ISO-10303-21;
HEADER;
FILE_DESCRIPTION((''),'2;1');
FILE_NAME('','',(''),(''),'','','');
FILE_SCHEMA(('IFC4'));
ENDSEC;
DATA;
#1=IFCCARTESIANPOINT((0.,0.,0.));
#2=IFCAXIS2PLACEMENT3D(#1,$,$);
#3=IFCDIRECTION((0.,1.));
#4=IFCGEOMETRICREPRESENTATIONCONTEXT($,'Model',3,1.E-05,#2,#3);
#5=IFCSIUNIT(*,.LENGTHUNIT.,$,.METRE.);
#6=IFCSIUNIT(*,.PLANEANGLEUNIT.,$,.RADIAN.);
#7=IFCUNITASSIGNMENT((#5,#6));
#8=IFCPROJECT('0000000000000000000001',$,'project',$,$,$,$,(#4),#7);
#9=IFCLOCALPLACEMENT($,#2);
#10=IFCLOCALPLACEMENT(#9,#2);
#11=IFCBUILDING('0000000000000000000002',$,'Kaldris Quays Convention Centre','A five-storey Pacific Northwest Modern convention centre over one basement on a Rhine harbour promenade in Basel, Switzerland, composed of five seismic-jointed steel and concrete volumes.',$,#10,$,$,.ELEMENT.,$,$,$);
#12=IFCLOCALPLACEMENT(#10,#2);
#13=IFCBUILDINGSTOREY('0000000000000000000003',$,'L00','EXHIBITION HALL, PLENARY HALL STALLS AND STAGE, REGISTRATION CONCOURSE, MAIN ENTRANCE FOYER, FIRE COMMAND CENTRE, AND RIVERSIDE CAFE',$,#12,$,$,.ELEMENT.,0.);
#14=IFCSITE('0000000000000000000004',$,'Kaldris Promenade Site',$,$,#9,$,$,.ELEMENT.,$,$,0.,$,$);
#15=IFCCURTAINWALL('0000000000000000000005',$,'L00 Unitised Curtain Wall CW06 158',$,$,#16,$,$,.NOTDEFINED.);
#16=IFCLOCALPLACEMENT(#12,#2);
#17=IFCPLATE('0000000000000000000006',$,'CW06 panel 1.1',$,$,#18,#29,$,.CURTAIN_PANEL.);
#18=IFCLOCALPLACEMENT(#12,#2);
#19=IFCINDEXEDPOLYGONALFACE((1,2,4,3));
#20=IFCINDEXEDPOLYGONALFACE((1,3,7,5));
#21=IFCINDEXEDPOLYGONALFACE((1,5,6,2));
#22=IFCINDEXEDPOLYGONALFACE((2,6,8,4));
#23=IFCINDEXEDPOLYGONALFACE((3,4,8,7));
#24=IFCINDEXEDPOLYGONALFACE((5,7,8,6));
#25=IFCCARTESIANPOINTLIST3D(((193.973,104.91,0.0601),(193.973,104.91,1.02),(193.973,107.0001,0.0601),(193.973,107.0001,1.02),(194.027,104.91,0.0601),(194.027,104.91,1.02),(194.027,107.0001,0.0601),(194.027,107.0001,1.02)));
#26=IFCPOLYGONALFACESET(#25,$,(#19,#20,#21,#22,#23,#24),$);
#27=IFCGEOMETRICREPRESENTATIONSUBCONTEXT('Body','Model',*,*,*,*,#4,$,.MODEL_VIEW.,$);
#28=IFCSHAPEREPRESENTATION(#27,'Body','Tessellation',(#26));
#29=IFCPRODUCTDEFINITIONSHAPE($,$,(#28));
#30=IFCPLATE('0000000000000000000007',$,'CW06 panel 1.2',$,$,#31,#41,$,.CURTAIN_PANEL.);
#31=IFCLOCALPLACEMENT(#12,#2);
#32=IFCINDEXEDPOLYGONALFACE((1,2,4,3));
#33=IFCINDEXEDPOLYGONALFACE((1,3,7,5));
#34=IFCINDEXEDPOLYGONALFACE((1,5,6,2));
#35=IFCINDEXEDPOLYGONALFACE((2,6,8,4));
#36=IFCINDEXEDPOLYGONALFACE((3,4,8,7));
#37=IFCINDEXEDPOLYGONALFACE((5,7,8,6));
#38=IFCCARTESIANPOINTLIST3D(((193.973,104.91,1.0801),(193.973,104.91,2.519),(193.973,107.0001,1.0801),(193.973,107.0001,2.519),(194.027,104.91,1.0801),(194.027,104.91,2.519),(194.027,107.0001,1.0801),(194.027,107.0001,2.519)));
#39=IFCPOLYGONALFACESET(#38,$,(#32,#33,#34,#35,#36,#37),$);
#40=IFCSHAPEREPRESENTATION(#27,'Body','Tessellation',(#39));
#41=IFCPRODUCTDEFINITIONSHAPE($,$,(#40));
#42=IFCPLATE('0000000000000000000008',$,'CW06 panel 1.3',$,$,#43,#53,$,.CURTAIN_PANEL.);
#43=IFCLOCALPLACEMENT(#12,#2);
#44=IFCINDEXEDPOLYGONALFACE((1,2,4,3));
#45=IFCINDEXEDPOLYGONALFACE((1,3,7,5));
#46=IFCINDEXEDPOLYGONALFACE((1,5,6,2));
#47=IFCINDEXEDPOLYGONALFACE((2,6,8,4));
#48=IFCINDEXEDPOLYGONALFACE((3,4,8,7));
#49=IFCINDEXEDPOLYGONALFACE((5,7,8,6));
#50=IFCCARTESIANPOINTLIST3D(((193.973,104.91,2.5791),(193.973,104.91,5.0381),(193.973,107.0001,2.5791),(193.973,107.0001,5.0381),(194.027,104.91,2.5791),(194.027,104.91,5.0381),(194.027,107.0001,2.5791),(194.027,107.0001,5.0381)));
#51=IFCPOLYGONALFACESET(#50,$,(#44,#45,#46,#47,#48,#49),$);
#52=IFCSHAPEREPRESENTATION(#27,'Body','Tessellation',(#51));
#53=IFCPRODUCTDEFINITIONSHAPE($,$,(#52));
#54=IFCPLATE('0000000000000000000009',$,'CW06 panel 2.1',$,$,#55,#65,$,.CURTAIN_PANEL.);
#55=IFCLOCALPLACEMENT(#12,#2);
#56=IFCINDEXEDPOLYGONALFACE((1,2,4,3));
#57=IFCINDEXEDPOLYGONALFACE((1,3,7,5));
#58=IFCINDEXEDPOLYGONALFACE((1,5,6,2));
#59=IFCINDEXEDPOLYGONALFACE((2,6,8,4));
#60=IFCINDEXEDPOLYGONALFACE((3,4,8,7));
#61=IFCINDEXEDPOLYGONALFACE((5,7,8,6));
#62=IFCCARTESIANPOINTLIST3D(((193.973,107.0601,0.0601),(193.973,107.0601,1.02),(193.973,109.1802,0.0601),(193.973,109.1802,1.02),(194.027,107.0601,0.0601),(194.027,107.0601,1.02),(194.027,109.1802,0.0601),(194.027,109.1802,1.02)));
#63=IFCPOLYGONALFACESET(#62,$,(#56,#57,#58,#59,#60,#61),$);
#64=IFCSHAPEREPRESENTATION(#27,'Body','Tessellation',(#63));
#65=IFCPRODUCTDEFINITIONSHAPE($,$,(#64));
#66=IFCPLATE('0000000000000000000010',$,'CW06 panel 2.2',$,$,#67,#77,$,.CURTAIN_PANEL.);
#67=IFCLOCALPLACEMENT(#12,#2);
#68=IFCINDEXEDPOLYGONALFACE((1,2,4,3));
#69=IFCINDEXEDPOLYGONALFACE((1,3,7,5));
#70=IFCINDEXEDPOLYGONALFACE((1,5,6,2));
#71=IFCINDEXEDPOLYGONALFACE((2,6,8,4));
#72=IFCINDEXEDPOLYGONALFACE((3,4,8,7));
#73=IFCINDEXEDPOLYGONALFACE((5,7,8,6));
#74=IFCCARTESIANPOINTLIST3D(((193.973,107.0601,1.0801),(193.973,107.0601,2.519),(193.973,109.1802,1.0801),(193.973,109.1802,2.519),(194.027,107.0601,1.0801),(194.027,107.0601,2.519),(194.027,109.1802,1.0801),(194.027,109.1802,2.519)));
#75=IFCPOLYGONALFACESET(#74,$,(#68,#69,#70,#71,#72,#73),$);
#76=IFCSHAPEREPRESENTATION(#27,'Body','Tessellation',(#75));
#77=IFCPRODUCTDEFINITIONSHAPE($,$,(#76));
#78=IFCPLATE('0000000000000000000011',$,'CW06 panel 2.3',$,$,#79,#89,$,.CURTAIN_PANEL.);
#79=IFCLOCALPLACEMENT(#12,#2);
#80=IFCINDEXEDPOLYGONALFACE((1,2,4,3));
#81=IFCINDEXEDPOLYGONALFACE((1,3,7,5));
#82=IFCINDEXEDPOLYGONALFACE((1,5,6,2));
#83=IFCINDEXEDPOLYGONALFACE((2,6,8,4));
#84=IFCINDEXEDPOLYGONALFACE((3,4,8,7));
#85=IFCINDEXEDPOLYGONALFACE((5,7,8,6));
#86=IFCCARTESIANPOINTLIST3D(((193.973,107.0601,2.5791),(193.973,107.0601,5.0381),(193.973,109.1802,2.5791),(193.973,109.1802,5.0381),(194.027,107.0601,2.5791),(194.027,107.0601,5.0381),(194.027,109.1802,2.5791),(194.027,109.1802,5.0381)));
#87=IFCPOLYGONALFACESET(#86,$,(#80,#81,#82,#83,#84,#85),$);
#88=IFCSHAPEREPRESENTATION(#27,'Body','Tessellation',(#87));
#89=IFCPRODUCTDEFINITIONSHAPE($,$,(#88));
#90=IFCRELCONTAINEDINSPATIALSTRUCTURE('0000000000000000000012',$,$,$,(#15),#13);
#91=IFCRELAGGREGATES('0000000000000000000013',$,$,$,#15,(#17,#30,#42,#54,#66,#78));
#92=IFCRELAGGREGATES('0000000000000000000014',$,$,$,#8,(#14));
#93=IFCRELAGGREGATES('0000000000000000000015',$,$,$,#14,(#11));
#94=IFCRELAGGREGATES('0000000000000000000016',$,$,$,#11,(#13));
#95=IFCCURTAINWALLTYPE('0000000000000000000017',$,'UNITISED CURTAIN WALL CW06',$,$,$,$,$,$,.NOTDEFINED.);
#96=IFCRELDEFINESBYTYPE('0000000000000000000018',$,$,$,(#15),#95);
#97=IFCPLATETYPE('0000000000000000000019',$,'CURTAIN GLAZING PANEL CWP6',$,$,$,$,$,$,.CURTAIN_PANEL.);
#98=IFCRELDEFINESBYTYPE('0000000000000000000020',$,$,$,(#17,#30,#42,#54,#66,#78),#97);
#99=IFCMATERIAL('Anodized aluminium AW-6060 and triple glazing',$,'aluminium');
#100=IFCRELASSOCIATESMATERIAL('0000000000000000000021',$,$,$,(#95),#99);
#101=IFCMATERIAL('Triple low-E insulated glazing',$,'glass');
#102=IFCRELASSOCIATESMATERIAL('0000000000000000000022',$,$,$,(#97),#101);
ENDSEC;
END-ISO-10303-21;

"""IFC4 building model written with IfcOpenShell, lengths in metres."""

from ifc_helpers import new_model, si_unit, direction, frame, origin, origin_2d, place, context, subcontext, project, spatial, rectangle, extrude, material, type_object, element, aggregate, save


model = new_model("IFC4")

# Units and contexts
model_context = context("Model", 3, precision=1e-05, world=origin(), true_north=direction((0.0, 1.0)))
body_context = subcontext(model_context, "Body", "Model", "MODEL_VIEW")
ifc_project = project(units=[si_unit("LENGTHUNIT", "METRE"), si_unit("PLANEANGLEUNIT", "RADIAN")], contexts=[model_context])

# Site, building, storey
site_placement = place(None, origin())
site = spatial("IfcSite", under=ifc_project, at=site_placement, Name="Kaldris Promenade Site", CompositionType="ELEMENT", RefElevation=0.0)
building_placement = place(site_placement, origin())
building = spatial("IfcBuilding", under=site, at=building_placement, Name="Kaldris Quays Convention Centre", Description="A five-storey Pacific Northwest Modern convention centre over one basement on a Rhine harbour promenade in Basel, Switzerland, composed of five seismic-jointed steel and concrete volumes.", CompositionType="ELEMENT")
storey_placement = place(building_placement, origin())
storey = spatial("IfcBuildingStorey", under=building, at=storey_placement, Name="L00", Description="EXHIBITION HALL, PLENARY HALL STALLS AND STAGE, REGISTRATION CONCOURSE, MAIN ENTRANCE FOYER, FIRE COMMAND CENTRE, AND RIVERSIDE CAFE", CompositionType="ELEMENT", Elevation=0.0)

# Shared definitions
ifc_material_1 = material(Name="Anodized aluminium AW-6060 and triple glazing", Category="aluminium")
curtain_wall_type = type_object("IfcCurtainWallType", Name="UNITISED CURTAIN WALL CW06", PredefinedType="NOTDEFINED", material=ifc_material_1)

# Curtain wall
curtain_wall_1_placement = place(storey_placement, origin())
curtain_wall_1 = element("IfcCurtainWall", 1, at=curtain_wall_1_placement, inside=storey, type_object=curtain_wall_type, Name="L00 Unitised Curtain Wall CW06 158", PredefinedType="NOTDEFINED")

# Plates
ifc_material_2 = material(Name="Triple low-E insulated glazing", Category="glass")
plate_type = type_object("IfcPlateType", Name="CURTAIN GLAZING PANEL CWP6", PredefinedType="CURTAIN_PANEL", material=ifc_material_2)
plate_1_placement = place(storey_placement, frame((194.0, 105.9551, 0.0601), z_axis=(0.0, 0.0, 1.0), x_axis=(0.0, 1.0, 0.0)))
plate_1 = element("IfcPlate", 2, at=plate_1_placement, type_object=plate_type, Name="CW06 panel 1.1", PredefinedType="CURTAIN_PANEL", context=body_context, shape_type="SweptSolid", body=[
    extrude(rectangle(XDim=2.0901, YDim=0.054, at=origin_2d()), origin(), (0.0, 0.0, 1.0), 0.96),
])
plate_2_placement = place(storey_placement, frame((194.0, 105.9551, 1.0801), z_axis=(0.0, 0.0, 1.0), x_axis=(0.0, 1.0, 0.0)))
plate_2 = element("IfcPlate", 3, at=plate_2_placement, type_object=plate_type, Name="CW06 panel 1.2", PredefinedType="CURTAIN_PANEL", context=body_context, shape_type="SweptSolid", body=[
    extrude(rectangle(XDim=2.0901, YDim=0.054, at=origin_2d()), origin(), (0.0, 0.0, 1.0), 1.439),
])
plate_3_placement = place(storey_placement, frame((194.0, 105.9551, 2.5791), z_axis=(0.0, 0.0, 1.0), x_axis=(0.0, 1.0, 0.0)))
plate_3 = element("IfcPlate", 4, at=plate_3_placement, type_object=plate_type, Name="CW06 panel 1.3", PredefinedType="CURTAIN_PANEL", context=body_context, shape_type="SweptSolid", body=[
    extrude(rectangle(XDim=2.0901, YDim=0.054, at=origin_2d()), origin(), (0.0, 0.0, 1.0), 2.459),
])
plate_4_placement = place(storey_placement, frame((194.0, 108.1201, 0.0601), z_axis=(0.0, 0.0, 1.0), x_axis=(0.0, 1.0, 0.0)))
plate_4 = element("IfcPlate", 5, at=plate_4_placement, type_object=plate_type, Name="CW06 panel 2.1", PredefinedType="CURTAIN_PANEL", context=body_context, shape_type="SweptSolid", body=[
    extrude(rectangle(XDim=2.1201, YDim=0.054, at=origin_2d()), origin(), (0.0, 0.0, 1.0), 0.96),
])
plate_5_placement = place(storey_placement, frame((194.0, 108.1201, 1.0801), z_axis=(0.0, 0.0, 1.0), x_axis=(0.0, 1.0, 0.0)))
plate_5 = element("IfcPlate", 6, at=plate_5_placement, type_object=plate_type, Name="CW06 panel 2.2", PredefinedType="CURTAIN_PANEL", context=body_context, shape_type="SweptSolid", body=[
    extrude(rectangle(XDim=2.1201, YDim=0.054, at=origin_2d()), origin(), (0.0, 0.0, 1.0), 1.439),
])
plate_6_placement = place(storey_placement, frame((194.0, 108.1201, 2.5791), z_axis=(0.0, 0.0, 1.0), x_axis=(0.0, 1.0, 0.0)))
plate_6 = element("IfcPlate", 7, at=plate_6_placement, type_object=plate_type, Name="CW06 panel 2.3", PredefinedType="CURTAIN_PANEL", context=body_context, shape_type="SweptSolid", body=[
    extrude(rectangle(XDim=2.1201, YDim=0.054, at=origin_2d()), origin(), (0.0, 0.0, 1.0), 2.459),
])
aggregate(curtain_wall_1, [plate_1, plate_2, plate_3, plate_4, plate_5, plate_6])

save(model, "model.ifc")
